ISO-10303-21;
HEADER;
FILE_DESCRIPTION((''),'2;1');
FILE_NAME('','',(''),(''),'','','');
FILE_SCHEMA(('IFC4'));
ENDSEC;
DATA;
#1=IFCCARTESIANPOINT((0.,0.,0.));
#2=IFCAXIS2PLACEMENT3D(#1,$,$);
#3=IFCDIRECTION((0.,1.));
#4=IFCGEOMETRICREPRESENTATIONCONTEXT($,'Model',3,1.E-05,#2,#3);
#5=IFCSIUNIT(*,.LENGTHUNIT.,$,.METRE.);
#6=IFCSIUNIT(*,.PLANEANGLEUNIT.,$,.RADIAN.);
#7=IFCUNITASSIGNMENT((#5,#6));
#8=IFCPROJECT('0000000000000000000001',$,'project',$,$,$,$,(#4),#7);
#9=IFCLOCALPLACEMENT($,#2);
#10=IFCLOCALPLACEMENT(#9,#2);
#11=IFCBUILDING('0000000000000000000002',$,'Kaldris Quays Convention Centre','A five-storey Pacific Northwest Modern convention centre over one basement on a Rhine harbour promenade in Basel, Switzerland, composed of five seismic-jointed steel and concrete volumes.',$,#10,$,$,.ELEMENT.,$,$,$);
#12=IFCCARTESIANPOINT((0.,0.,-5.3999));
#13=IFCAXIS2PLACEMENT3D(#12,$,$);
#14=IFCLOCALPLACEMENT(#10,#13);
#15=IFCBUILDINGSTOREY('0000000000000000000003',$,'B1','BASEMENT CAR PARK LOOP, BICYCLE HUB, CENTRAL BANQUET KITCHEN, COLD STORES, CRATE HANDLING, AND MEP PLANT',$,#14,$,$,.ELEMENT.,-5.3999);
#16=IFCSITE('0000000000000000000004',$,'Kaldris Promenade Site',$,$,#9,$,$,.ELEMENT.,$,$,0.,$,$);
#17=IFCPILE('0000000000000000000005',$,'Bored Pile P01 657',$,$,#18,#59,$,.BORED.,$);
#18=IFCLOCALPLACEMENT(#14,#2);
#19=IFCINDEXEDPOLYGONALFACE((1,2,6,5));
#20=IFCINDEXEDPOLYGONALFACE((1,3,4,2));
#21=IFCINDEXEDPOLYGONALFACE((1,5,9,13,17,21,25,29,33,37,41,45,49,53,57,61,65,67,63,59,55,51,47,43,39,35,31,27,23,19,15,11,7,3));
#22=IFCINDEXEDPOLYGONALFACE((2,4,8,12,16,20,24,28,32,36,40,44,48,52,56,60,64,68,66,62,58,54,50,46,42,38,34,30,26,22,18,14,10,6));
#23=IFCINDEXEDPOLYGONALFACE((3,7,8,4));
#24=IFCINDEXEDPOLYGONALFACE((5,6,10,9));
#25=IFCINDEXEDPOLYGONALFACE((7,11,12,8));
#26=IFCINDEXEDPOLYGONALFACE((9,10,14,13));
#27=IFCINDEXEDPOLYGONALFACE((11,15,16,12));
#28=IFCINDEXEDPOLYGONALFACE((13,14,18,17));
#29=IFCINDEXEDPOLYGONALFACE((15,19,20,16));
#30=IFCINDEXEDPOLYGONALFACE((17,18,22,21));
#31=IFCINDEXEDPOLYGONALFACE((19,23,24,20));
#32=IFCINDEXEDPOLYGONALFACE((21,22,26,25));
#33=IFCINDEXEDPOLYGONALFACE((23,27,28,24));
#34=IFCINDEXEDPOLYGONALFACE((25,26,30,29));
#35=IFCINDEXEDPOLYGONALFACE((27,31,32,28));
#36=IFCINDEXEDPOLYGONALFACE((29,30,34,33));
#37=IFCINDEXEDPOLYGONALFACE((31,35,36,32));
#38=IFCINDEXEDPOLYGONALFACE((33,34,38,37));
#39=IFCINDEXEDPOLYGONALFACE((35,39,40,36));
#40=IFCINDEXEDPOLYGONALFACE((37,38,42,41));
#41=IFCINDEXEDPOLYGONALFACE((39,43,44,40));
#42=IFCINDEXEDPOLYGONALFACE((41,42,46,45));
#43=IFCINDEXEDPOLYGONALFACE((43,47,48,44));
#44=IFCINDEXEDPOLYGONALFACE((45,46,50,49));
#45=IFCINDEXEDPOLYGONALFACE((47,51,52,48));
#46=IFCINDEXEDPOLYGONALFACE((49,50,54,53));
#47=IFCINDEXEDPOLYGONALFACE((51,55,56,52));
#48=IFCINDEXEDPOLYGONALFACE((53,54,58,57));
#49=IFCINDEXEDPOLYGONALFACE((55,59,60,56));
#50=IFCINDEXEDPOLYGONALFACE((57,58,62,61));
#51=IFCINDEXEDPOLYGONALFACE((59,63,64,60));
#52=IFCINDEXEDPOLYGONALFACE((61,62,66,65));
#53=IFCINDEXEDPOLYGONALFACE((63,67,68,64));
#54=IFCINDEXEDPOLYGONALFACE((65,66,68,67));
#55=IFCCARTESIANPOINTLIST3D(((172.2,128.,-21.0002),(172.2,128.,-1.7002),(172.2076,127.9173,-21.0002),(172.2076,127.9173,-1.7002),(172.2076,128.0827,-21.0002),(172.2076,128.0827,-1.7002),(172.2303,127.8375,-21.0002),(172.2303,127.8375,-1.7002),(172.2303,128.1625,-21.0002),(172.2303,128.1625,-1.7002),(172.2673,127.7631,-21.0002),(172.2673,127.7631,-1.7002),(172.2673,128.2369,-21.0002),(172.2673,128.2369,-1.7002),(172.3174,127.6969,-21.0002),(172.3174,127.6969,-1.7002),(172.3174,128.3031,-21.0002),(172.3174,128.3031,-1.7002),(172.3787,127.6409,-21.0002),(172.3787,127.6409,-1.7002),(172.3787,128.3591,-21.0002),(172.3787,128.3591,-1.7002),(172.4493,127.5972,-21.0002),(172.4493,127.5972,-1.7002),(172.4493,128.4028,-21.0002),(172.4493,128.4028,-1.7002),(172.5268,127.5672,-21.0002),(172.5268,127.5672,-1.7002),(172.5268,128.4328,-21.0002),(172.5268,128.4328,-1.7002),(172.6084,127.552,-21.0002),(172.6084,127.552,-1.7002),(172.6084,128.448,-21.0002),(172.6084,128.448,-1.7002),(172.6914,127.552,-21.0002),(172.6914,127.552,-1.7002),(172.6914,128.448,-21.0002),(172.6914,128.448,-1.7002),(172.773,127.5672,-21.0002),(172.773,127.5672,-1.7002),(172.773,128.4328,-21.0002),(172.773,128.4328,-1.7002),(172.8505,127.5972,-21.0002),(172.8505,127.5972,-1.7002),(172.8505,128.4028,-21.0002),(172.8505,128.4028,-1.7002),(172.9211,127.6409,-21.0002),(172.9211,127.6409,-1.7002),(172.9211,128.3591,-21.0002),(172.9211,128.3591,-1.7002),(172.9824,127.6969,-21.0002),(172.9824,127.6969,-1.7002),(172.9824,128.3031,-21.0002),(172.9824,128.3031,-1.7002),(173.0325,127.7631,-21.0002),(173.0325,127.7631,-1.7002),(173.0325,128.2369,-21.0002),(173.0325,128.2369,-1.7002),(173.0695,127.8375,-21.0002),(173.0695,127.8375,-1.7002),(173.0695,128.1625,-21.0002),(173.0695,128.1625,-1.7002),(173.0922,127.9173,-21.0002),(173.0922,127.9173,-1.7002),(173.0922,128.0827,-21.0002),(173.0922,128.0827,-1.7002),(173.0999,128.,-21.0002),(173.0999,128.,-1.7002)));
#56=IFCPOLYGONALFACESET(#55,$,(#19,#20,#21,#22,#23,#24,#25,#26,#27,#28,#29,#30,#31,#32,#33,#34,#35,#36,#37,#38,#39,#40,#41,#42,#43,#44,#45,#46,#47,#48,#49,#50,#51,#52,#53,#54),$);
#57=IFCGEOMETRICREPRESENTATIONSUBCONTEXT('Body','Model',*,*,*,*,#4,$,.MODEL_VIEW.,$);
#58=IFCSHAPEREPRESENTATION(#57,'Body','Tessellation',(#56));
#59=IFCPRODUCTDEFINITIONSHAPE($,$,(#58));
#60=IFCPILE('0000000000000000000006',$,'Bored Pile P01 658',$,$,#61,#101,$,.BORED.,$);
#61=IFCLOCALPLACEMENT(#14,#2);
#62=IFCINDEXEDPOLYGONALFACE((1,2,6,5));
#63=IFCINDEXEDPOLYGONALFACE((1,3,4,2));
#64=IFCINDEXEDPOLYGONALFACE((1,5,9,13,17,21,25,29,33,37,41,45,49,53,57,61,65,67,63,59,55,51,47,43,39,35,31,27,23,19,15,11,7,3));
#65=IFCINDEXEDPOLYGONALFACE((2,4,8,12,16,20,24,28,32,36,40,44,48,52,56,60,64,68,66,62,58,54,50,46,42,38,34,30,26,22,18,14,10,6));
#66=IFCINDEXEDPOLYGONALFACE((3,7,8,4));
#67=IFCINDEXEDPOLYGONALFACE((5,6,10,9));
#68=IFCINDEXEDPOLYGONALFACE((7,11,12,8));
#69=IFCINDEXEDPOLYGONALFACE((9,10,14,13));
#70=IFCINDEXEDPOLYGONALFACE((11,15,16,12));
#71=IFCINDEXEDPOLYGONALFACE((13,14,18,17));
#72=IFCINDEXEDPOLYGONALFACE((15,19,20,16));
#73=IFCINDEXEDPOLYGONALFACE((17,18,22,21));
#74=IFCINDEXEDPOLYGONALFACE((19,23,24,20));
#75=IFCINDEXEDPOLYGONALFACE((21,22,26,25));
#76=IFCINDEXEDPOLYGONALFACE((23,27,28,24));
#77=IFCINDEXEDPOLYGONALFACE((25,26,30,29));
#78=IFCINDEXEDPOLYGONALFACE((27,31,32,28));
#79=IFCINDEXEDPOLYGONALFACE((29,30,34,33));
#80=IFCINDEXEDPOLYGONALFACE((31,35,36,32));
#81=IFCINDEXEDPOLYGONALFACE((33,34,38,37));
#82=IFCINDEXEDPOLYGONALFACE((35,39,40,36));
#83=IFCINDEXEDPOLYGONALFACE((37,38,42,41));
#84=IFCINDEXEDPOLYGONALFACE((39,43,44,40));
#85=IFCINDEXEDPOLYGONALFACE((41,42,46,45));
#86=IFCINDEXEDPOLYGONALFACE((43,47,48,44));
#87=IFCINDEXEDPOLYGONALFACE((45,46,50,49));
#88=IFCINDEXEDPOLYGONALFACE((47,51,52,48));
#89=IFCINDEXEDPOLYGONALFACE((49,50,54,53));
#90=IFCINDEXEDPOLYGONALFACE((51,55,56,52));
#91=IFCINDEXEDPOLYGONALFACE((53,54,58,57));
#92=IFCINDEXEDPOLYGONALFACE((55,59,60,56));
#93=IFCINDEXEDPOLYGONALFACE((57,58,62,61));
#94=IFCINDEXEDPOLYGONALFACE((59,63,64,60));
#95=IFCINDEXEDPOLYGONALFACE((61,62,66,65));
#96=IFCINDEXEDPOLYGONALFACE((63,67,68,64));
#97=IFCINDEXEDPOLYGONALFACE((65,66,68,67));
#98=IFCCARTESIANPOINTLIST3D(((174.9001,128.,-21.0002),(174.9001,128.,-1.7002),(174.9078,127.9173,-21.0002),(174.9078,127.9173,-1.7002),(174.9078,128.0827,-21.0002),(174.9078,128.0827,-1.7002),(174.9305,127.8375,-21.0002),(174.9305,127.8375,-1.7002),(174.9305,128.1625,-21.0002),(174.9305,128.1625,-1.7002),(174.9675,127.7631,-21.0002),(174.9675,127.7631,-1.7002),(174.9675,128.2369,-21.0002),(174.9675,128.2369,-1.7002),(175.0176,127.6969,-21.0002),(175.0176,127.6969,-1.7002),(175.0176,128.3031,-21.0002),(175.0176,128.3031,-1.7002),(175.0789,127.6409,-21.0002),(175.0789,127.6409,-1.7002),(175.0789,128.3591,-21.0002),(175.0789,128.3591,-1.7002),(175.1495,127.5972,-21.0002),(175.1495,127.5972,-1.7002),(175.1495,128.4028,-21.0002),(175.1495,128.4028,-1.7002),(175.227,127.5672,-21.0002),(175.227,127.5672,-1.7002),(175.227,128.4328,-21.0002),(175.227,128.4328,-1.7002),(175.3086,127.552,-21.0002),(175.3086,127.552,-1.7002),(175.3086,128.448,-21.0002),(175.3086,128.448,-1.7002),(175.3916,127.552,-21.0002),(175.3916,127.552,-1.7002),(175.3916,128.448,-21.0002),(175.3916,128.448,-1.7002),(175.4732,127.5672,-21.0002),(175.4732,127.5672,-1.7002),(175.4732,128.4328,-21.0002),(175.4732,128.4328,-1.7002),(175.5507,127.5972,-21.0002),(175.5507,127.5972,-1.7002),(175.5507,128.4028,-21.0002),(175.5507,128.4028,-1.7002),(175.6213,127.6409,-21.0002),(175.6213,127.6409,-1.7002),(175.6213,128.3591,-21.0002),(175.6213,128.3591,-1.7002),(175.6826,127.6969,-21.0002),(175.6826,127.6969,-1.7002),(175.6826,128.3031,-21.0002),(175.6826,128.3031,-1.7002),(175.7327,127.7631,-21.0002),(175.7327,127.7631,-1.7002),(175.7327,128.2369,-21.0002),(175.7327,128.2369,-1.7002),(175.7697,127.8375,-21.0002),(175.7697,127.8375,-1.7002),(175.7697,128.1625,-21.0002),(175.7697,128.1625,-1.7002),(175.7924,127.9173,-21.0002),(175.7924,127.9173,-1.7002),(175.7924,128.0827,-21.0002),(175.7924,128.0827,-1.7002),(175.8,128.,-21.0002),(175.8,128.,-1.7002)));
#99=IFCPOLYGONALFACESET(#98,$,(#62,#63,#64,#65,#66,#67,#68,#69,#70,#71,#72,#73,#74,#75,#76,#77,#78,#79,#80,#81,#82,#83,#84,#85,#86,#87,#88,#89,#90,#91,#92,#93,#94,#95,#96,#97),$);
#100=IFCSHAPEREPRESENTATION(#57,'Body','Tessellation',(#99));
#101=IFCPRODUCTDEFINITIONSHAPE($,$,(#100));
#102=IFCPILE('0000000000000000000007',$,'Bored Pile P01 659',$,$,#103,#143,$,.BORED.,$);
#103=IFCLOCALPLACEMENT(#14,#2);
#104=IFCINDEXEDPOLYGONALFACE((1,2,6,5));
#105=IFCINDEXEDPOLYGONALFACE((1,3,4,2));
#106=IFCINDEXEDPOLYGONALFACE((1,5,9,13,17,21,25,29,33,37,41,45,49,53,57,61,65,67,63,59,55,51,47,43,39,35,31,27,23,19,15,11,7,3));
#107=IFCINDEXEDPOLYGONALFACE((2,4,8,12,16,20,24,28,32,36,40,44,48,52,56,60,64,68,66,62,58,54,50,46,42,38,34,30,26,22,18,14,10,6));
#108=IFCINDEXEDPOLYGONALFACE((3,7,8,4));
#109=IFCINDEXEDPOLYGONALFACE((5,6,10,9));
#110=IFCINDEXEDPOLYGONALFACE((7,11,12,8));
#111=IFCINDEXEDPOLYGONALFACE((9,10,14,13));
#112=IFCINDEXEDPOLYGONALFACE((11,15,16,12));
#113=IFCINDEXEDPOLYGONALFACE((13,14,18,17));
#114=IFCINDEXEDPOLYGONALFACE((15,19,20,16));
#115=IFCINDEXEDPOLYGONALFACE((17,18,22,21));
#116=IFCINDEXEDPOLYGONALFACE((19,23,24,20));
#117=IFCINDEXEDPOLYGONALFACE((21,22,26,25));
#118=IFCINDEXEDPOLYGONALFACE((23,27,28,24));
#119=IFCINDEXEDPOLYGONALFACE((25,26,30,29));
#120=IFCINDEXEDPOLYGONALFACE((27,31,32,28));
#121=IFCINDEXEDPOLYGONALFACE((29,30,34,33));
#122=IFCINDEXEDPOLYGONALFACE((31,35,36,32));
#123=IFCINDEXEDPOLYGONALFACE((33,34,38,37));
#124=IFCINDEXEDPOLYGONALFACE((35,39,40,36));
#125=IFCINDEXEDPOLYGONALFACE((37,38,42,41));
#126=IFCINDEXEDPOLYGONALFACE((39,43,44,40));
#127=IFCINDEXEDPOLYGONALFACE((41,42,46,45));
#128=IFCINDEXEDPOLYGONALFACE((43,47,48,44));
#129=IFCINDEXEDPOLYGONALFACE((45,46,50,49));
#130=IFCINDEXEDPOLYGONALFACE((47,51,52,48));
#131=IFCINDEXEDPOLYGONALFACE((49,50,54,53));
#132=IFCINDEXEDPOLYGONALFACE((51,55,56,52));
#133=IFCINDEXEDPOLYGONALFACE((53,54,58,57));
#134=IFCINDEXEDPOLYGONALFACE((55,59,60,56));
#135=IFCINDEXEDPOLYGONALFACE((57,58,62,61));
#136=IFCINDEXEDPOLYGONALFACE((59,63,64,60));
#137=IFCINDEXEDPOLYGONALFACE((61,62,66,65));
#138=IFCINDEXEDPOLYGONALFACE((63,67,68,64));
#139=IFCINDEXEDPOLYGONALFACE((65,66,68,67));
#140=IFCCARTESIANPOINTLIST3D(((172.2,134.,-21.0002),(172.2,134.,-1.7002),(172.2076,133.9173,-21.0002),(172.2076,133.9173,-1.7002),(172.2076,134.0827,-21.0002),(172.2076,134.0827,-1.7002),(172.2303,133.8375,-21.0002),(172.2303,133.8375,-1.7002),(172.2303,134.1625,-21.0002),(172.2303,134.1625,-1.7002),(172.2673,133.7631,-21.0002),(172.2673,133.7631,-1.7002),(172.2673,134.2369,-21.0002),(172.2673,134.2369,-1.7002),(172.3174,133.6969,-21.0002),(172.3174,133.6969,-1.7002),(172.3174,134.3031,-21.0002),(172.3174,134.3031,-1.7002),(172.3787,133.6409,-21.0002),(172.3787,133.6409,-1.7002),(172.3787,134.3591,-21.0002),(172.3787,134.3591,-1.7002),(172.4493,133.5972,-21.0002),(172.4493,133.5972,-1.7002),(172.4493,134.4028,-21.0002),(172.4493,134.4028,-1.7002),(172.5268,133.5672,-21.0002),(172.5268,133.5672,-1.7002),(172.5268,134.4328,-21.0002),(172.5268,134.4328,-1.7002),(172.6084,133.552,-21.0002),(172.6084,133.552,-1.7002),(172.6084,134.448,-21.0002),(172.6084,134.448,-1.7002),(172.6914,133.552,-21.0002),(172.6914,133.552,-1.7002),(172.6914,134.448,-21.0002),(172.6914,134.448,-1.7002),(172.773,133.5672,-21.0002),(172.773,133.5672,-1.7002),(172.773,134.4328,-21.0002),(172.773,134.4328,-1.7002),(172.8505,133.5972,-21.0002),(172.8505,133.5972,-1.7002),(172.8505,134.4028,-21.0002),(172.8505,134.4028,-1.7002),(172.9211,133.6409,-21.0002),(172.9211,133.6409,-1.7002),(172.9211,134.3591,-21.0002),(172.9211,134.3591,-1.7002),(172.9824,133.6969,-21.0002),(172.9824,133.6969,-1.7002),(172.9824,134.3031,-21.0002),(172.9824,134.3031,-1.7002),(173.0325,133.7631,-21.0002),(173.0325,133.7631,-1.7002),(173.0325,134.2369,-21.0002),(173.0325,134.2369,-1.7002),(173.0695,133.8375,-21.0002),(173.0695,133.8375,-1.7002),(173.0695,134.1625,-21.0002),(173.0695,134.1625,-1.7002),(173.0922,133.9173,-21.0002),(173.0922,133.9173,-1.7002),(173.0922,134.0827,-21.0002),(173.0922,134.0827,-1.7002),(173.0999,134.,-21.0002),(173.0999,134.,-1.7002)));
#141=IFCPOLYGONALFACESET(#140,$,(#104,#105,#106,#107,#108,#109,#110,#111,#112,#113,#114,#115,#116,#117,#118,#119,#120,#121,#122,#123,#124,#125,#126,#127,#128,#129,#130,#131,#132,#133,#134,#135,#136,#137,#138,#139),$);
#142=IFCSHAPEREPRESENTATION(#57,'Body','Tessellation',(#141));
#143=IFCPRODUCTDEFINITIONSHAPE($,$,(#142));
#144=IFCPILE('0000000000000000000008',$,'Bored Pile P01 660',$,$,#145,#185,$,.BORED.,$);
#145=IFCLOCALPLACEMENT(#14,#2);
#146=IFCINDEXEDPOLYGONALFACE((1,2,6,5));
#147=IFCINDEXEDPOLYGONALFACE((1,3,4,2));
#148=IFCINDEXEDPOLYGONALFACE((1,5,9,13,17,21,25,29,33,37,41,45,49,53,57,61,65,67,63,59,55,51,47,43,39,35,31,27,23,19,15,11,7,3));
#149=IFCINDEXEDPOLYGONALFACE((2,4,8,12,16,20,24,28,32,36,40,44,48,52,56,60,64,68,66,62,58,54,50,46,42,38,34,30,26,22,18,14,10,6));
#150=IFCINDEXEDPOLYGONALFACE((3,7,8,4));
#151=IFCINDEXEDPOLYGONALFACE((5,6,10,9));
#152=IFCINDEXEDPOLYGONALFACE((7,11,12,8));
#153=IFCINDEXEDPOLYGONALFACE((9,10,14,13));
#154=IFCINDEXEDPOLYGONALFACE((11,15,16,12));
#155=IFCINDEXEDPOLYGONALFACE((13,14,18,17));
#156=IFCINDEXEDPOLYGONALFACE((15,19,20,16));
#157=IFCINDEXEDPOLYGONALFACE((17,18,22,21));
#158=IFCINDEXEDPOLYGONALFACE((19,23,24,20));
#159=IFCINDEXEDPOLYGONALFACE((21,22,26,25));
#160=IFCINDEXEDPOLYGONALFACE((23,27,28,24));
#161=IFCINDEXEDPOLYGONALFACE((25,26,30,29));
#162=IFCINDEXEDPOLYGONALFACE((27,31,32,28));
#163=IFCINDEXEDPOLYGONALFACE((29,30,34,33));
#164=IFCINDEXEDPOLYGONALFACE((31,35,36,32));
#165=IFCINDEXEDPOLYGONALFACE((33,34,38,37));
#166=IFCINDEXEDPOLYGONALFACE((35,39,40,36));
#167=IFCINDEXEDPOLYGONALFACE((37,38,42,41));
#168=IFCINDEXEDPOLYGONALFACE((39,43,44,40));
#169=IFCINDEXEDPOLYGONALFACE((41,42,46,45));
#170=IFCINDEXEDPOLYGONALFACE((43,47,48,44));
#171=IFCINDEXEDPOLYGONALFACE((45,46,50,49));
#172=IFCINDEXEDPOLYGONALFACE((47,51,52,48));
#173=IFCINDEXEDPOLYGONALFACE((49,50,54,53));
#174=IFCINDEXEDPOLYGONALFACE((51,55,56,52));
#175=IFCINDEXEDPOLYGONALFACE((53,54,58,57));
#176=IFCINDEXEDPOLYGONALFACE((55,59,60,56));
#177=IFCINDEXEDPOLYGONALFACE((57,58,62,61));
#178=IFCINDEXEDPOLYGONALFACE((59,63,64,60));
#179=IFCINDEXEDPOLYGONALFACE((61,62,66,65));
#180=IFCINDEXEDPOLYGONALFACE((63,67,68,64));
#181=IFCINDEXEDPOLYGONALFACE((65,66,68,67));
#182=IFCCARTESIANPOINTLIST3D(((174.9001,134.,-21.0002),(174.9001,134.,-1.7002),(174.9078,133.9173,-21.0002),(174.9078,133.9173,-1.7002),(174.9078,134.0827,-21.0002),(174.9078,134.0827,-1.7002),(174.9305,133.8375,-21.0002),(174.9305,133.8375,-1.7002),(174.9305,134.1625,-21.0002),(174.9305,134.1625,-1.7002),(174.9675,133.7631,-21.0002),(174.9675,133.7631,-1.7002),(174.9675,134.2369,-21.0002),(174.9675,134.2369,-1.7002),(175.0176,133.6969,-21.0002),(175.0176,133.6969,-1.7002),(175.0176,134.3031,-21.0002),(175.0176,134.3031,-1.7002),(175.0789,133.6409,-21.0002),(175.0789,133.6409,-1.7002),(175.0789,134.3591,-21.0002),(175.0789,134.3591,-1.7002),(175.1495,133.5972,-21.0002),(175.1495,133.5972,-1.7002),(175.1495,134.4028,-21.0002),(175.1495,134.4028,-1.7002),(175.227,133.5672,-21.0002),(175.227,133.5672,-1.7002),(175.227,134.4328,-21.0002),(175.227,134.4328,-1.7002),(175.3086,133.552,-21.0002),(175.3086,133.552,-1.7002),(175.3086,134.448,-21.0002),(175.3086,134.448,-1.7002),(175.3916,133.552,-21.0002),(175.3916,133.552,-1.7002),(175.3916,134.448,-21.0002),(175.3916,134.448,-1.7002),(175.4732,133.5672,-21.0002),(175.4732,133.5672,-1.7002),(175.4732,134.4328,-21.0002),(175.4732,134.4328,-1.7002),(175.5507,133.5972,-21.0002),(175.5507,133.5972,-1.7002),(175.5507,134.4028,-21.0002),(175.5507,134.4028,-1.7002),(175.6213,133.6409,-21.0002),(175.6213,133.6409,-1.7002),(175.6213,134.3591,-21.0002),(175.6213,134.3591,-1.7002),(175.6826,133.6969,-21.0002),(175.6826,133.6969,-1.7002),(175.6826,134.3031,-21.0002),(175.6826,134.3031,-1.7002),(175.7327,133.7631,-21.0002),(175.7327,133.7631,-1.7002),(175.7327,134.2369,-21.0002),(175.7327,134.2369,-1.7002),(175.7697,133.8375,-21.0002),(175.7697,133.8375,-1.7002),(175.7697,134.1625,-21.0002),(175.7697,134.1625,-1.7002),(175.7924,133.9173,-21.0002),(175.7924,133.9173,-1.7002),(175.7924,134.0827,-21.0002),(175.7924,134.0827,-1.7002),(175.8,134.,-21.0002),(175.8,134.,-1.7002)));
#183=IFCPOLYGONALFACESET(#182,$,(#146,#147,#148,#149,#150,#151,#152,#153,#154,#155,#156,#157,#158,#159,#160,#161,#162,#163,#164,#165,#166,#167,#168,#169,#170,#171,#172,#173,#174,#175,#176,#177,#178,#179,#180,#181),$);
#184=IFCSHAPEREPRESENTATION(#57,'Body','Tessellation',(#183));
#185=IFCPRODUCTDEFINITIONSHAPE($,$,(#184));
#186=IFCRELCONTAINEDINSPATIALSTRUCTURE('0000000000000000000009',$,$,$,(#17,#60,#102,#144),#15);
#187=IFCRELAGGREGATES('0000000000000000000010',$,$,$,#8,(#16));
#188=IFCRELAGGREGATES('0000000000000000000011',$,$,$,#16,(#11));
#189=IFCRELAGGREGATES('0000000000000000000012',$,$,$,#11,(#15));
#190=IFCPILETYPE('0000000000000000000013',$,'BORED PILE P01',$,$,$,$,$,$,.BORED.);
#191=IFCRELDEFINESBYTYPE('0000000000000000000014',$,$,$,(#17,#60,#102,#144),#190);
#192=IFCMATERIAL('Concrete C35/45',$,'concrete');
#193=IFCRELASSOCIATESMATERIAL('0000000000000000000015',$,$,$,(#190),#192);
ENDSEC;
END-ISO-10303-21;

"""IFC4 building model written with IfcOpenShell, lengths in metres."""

from ifc_helpers import new_model, si_unit, direction, frame, origin, origin_2d, place, context, subcontext, project, spatial, circle, extrude, material, material_profile, profile_set, type_object, element, save


model = new_model("IFC4")

# Units and contexts
model_context = context("Model", 3, precision=1e-05, world=origin(), true_north=direction((0.0, 1.0)))
body_context = subcontext(model_context, "Body", "Model", "MODEL_VIEW")
ifc_project = project(units=[si_unit("LENGTHUNIT", "METRE"), si_unit("PLANEANGLEUNIT", "RADIAN")], contexts=[model_context])

# Site, building, storey
site_placement = place(None, origin())
site = spatial("IfcSite", under=ifc_project, at=site_placement, Name="Kaldris Promenade Site", CompositionType="ELEMENT", RefElevation=0.0)
building_placement = place(site_placement, origin())
building = spatial("IfcBuilding", under=site, at=building_placement, Name="Kaldris Quays Convention Centre", Description="A five-storey Pacific Northwest Modern convention centre over one basement on a Rhine harbour promenade in Basel, Switzerland, composed of five seismic-jointed steel and concrete volumes.", CompositionType="ELEMENT")
storey_placement = place(building_placement, frame((0.0, 0.0, -5.3999)))
storey = spatial("IfcBuildingStorey", under=building, at=storey_placement, Name="B1", Description="BASEMENT CAR PARK LOOP, BICYCLE HUB, CENTRAL BANQUET KITCHEN, COLD STORES, CRATE HANDLING, AND MEP PLANT", CompositionType="ELEMENT", Elevation=-5.3999)

# Piles
ifc_material_1 = material(Name="Concrete C35/45", Category="concrete")
ifc_material_profile_1 = material_profile(ifc_material_1, circle(Radius=0.45, at=origin_2d()), Name="BORED PILE D900")
ifc_profile_set_1 = profile_set([ifc_material_profile_1], Name="Concrete C35/45")
pile_type = type_object("IfcPileType", Name="BORED PILE P01", PredefinedType="BORED", material=ifc_profile_set_1)
for number, where, z_axis, x_axis, name in (
    (1, (172.6499, 128.0, -1.7002), (0.0, 0.0, -1.0), (1.0, 0.0, 0.0), "Bored Pile P01 657"),
    (2, (175.3501, 128.0, -1.7002), (0.0, 0.0, -1.0), (1.0, 0.0, 0.0), "Bored Pile P01 658"),
    (3, (172.6499, 134.0, -1.7002), (0.0, 0.0, -1.0), (1.0, 0.0, 0.0), "Bored Pile P01 659"),
    (4, (175.3501, 134.0, -1.7002), (0.0, 0.0, -1.0), (1.0, 0.0, 0.0), "Bored Pile P01 660"),
):
    element("IfcPile", number, at=place(storey_placement, frame(where, z_axis=z_axis, x_axis=x_axis)), inside=storey, type_object=pile_type, Name=name, PredefinedType="BORED", context=body_context, shape_type="SweptSolid", body=[
        extrude(circle(Radius=0.45, at=origin_2d()), origin(), (0.0, 0.0, 1.0), 19.3),
    ])

save(model, "model.ifc")
